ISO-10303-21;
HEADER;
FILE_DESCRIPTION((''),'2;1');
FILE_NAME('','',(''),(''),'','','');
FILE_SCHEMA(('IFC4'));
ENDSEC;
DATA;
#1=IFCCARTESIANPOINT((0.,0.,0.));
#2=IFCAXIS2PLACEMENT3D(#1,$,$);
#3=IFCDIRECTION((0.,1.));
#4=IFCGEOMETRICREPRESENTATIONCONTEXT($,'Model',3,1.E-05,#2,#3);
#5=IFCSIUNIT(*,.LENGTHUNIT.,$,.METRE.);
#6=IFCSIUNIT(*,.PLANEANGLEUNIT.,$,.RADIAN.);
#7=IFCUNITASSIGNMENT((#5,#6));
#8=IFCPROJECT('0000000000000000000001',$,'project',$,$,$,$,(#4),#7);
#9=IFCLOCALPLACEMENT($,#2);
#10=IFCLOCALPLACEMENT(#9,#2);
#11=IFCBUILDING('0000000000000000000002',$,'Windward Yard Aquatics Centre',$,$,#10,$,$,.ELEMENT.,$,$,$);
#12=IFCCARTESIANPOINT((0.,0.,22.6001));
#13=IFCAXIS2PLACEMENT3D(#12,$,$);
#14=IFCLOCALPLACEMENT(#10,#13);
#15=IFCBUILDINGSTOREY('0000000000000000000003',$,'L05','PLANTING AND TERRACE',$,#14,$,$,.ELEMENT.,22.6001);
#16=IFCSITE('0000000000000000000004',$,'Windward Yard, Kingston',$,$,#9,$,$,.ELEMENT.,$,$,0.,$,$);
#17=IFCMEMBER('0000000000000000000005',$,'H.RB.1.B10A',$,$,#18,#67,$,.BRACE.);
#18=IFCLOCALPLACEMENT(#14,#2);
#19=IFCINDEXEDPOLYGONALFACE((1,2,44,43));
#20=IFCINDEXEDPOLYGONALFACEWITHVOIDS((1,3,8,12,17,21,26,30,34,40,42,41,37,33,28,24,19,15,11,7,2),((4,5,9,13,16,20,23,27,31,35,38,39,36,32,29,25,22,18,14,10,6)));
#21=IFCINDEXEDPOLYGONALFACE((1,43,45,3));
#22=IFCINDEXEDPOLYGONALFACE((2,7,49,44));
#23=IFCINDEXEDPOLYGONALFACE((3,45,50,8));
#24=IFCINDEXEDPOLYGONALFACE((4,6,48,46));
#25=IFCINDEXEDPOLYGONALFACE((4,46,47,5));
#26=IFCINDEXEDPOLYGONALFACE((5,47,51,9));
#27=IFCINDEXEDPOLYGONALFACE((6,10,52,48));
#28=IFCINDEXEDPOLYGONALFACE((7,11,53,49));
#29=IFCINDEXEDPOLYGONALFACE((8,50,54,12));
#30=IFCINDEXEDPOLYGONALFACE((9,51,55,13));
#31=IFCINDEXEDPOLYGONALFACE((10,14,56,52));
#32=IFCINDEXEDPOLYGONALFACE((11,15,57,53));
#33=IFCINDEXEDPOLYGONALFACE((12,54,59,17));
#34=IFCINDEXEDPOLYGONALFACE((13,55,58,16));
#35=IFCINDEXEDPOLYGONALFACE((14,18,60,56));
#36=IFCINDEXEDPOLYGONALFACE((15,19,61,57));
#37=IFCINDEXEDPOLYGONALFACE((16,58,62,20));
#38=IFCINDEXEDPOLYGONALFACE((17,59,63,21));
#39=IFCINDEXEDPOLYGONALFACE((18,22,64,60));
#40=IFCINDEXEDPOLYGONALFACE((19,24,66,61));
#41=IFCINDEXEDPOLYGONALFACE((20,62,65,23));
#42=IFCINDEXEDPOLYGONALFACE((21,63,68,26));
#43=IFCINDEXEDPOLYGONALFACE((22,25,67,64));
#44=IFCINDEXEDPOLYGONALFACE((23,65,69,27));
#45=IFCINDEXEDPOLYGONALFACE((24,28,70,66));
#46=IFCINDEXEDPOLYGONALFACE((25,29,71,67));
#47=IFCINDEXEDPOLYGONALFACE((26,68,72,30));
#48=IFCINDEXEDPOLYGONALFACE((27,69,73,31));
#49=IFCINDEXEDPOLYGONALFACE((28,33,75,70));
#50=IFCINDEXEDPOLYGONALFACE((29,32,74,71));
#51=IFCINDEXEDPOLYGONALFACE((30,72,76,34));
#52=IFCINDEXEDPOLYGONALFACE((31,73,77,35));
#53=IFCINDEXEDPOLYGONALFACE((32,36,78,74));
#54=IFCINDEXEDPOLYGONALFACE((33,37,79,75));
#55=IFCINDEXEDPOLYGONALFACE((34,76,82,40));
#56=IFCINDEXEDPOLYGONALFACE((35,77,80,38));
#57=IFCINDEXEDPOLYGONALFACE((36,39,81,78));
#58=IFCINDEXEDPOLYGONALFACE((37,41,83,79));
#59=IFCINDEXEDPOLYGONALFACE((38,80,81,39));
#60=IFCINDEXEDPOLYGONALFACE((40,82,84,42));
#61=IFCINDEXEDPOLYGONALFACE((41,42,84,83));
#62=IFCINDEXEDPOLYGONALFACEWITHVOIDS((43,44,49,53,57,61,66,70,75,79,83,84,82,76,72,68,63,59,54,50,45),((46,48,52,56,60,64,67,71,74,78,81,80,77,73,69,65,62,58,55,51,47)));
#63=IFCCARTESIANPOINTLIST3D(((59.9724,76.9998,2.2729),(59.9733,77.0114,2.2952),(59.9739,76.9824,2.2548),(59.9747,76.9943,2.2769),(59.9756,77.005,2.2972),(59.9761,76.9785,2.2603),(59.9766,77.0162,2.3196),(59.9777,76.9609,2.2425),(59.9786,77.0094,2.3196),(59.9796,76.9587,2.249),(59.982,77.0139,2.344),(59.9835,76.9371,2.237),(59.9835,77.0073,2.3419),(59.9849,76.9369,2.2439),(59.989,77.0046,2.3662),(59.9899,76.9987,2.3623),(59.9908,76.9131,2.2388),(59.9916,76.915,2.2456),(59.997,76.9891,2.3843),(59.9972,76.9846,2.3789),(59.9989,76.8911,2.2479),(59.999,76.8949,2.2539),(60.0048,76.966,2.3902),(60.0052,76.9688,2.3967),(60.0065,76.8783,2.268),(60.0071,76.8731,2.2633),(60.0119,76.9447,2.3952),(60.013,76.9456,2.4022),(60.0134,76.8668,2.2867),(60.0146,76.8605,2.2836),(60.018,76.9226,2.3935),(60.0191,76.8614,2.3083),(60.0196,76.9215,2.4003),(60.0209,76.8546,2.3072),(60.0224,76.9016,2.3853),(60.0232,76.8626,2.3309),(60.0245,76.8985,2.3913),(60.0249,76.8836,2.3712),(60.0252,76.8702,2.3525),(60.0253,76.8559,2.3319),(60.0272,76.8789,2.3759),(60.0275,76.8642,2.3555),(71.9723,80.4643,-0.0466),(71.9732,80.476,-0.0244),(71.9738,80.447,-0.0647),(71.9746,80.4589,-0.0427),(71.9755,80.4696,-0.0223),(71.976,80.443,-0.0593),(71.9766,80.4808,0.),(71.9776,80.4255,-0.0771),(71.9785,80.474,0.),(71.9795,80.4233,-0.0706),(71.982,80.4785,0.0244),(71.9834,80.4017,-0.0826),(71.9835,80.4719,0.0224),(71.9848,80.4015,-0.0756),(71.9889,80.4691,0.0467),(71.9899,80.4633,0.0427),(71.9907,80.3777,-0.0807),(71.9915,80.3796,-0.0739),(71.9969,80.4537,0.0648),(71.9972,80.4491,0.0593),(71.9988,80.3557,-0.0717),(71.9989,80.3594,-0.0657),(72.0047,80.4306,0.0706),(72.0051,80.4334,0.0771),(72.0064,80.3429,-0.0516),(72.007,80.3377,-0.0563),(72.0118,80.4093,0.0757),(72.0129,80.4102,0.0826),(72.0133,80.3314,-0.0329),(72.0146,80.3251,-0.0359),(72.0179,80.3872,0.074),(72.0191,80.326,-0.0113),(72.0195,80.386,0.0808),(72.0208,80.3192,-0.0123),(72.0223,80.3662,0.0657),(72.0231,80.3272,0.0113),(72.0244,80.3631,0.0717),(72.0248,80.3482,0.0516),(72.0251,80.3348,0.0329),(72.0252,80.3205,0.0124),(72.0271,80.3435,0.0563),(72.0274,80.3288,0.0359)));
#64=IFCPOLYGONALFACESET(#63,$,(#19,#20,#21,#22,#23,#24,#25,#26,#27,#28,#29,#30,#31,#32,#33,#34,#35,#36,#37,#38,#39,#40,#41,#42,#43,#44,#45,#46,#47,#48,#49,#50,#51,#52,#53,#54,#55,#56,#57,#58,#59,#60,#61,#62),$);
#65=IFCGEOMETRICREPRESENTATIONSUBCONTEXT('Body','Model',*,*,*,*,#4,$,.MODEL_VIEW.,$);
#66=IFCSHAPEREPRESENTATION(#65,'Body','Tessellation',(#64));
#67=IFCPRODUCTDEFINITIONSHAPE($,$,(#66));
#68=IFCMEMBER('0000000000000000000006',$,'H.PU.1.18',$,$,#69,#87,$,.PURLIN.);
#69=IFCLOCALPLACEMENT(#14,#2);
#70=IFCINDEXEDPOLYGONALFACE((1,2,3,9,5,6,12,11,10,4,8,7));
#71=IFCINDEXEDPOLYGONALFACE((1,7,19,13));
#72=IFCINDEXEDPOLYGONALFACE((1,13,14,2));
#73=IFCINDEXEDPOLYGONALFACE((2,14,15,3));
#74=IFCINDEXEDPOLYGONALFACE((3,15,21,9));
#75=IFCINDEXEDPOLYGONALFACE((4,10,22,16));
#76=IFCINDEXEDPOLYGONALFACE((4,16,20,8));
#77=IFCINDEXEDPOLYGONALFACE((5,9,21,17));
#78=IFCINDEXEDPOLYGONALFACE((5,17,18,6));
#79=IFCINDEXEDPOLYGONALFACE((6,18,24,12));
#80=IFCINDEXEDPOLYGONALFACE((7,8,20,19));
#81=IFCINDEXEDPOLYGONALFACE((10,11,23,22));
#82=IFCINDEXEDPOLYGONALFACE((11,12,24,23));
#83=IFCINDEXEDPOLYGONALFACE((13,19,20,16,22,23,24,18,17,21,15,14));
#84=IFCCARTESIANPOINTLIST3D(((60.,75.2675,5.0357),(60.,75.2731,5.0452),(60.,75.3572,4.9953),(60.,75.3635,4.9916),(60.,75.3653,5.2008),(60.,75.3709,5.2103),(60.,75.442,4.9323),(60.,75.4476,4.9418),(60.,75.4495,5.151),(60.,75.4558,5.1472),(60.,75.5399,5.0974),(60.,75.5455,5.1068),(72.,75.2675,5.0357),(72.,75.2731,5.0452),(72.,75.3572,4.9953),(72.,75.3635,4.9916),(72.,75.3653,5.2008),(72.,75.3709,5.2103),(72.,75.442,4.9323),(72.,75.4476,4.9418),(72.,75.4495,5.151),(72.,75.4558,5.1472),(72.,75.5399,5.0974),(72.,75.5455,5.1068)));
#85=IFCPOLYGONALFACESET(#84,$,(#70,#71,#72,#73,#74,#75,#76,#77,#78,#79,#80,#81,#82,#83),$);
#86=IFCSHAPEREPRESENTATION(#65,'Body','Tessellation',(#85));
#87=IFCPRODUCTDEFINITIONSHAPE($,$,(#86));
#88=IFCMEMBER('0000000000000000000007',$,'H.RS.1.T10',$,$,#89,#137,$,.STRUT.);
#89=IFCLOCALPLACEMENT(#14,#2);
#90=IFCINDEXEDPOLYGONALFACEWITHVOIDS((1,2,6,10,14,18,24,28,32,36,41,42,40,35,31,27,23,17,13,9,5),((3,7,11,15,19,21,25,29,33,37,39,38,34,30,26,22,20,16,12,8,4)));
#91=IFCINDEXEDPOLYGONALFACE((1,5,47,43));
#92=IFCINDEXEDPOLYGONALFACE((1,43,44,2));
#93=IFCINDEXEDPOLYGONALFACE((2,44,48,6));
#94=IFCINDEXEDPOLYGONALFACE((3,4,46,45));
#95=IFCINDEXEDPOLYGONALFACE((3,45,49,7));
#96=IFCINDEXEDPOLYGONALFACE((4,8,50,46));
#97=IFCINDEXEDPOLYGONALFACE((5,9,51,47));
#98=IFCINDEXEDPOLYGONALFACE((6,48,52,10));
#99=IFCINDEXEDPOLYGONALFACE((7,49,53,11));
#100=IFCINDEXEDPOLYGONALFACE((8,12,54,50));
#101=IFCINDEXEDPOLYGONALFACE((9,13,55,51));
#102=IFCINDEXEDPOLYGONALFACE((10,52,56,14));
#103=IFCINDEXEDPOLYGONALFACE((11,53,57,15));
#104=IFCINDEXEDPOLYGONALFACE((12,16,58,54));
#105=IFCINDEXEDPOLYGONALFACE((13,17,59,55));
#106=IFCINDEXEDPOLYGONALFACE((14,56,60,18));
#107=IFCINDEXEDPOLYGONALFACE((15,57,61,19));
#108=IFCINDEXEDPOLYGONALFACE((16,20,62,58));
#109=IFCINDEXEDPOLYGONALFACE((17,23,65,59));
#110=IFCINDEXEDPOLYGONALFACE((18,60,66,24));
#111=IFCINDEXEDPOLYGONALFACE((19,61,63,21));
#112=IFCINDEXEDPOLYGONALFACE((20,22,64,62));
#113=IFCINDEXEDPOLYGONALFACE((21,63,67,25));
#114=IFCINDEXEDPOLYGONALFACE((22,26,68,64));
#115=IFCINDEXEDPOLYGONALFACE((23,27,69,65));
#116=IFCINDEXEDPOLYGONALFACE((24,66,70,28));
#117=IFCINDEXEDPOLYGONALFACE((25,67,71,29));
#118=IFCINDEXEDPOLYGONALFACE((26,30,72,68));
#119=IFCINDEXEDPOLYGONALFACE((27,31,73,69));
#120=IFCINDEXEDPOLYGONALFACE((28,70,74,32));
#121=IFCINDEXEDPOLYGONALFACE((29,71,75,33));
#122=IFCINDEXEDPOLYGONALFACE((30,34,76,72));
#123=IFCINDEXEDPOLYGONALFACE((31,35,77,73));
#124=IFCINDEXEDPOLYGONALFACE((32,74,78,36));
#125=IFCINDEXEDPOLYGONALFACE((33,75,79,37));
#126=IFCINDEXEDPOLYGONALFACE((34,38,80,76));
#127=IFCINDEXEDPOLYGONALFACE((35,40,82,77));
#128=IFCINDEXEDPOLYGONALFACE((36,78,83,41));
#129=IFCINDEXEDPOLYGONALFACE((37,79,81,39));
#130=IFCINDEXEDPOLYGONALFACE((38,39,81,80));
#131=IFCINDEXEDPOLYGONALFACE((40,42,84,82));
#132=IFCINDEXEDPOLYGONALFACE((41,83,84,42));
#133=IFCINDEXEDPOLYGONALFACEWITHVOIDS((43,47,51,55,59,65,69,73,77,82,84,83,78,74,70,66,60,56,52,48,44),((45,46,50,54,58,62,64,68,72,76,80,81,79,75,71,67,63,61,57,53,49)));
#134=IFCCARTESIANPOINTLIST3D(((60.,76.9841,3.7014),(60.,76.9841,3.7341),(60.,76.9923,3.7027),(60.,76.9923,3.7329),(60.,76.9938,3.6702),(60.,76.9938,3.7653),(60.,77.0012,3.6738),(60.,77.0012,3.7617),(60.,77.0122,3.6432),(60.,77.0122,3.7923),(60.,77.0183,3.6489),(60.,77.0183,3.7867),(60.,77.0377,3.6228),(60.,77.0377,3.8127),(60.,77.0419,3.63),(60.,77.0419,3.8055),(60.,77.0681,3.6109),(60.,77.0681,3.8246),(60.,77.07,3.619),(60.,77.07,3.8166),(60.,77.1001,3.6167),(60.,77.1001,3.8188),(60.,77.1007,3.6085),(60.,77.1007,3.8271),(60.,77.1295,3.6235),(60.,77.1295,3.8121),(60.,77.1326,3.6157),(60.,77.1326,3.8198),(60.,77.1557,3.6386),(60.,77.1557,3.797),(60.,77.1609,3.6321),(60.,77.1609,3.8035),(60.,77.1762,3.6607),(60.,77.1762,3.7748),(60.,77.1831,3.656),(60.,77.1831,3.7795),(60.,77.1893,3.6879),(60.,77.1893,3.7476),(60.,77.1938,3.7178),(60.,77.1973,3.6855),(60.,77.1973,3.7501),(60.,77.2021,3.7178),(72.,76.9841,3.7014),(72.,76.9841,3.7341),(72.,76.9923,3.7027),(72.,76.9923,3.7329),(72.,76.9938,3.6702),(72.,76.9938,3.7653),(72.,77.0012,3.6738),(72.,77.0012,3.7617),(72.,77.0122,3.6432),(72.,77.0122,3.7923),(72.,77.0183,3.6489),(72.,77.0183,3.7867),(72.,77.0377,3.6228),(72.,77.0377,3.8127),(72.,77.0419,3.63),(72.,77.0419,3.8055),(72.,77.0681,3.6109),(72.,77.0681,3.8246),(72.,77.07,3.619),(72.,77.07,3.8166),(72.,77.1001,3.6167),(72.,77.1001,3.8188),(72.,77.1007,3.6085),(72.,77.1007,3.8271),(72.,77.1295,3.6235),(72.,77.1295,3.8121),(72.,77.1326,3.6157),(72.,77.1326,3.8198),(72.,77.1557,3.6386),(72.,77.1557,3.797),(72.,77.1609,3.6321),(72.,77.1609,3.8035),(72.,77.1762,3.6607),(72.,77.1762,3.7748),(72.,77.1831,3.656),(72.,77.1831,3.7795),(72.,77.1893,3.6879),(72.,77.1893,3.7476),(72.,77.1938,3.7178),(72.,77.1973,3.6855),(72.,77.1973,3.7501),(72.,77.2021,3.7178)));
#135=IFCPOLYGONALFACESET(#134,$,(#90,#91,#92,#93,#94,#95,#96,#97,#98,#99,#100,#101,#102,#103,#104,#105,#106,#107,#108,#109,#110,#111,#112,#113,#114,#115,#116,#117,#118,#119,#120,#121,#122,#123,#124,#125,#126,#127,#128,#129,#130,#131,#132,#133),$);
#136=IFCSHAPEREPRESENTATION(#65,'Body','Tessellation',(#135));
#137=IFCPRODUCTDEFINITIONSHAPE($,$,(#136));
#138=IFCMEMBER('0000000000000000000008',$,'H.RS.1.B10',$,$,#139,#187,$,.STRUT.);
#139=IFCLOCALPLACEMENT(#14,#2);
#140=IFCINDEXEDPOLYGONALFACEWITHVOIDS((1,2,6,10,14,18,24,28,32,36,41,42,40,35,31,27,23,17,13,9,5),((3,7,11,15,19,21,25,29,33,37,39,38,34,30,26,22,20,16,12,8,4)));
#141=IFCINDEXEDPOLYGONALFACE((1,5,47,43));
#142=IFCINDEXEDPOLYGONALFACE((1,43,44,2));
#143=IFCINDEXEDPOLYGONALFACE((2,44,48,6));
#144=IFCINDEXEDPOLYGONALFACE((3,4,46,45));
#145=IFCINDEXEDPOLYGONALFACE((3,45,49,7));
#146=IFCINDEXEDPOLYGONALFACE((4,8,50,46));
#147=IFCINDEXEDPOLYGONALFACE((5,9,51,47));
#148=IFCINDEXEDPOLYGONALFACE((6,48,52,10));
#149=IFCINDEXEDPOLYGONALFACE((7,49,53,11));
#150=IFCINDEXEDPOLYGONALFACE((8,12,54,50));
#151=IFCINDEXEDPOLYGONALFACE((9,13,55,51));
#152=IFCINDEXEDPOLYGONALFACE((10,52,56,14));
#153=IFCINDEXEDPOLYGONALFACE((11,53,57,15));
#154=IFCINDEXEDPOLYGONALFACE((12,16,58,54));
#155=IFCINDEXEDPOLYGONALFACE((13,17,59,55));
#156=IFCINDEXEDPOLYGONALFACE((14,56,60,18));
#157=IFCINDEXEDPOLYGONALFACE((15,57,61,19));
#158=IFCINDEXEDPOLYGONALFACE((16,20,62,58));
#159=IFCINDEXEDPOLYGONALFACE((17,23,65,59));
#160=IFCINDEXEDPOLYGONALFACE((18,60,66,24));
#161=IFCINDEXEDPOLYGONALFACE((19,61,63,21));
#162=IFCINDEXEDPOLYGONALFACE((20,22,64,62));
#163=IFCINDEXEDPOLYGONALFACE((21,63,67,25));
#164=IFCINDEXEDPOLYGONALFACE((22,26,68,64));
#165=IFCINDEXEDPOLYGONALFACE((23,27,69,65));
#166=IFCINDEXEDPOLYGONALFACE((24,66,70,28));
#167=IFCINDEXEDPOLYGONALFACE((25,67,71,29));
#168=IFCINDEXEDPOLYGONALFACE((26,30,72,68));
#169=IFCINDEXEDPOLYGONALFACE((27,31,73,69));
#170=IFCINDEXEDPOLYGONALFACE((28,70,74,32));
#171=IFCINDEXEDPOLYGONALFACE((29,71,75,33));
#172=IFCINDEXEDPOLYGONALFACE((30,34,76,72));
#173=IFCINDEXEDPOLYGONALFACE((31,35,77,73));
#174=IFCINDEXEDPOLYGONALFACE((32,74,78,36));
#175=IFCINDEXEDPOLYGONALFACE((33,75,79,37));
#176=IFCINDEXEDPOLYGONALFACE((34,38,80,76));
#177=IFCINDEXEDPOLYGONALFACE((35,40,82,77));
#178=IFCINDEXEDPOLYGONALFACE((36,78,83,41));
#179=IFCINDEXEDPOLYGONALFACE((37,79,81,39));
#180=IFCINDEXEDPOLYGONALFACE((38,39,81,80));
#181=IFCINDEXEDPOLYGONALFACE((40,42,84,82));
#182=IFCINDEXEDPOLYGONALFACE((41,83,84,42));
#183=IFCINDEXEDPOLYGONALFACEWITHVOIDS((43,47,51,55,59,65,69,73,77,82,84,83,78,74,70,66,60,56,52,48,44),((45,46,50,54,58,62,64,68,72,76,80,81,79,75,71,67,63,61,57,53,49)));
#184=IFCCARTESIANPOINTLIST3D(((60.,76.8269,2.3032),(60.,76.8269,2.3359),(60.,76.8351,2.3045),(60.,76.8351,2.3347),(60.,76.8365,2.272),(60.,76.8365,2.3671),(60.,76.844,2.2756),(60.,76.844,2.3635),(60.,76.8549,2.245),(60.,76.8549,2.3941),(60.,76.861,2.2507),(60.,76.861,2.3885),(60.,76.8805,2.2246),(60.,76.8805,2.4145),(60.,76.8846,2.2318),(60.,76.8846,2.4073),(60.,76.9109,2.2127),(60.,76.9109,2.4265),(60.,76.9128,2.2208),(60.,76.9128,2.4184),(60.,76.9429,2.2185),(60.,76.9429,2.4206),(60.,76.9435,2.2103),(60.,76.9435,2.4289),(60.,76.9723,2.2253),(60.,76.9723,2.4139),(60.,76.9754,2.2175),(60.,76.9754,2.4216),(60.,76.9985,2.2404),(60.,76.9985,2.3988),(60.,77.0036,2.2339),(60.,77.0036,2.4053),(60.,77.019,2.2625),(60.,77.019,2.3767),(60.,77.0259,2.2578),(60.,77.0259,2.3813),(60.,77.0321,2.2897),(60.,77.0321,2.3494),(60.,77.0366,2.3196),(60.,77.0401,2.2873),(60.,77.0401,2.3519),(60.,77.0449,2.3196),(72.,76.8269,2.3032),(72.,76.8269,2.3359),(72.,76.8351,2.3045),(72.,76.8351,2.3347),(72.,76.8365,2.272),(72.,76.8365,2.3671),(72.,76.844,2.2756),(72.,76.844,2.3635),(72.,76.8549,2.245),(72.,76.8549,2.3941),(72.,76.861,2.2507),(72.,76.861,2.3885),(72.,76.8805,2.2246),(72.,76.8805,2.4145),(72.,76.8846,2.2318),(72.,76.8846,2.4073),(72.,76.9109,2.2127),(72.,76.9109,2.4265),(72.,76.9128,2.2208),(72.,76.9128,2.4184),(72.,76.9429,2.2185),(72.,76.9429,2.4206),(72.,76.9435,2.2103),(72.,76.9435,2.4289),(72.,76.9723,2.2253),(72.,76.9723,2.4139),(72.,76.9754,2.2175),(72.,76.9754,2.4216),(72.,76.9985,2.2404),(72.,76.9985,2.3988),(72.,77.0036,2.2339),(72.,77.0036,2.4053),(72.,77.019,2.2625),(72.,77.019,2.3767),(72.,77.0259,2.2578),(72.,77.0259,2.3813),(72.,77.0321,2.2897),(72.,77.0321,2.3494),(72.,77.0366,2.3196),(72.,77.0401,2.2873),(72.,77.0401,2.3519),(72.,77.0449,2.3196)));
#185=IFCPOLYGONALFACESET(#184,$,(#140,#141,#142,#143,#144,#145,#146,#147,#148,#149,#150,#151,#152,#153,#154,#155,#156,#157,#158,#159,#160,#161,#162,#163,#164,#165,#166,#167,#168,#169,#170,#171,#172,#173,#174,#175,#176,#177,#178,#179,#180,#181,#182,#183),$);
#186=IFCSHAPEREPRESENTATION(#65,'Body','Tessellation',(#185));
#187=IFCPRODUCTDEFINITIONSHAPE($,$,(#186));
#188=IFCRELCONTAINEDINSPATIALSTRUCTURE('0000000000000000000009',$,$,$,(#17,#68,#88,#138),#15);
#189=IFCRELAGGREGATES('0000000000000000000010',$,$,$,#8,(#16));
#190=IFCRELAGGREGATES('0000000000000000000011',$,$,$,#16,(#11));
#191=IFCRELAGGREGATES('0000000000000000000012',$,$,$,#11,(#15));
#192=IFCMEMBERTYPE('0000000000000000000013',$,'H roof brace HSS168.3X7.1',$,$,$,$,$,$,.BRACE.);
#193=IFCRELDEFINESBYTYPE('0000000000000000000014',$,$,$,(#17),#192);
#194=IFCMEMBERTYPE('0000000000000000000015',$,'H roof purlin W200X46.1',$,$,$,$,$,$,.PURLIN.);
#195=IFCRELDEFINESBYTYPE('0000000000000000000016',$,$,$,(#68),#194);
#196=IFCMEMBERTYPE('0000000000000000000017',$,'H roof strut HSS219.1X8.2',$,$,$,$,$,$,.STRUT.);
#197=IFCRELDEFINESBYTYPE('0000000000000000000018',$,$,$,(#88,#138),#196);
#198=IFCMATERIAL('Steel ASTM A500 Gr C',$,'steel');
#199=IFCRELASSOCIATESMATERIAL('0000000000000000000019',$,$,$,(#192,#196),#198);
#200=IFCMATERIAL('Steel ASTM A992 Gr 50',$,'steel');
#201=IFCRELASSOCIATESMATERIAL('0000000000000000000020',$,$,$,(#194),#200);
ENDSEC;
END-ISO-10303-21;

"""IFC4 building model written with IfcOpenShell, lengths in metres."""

from ifc_helpers import new_model, si_unit, direction, frame, origin, origin_2d, place, context, subcontext, project, spatial, hollow_circle, i_section, extrude, material, material_profile, profile_set, type_object, element, save


model = new_model("IFC4")

# Units and contexts
model_context = context("Model", 3, precision=1e-05, world=origin(), true_north=direction((0.0, 1.0)))
body_context = subcontext(model_context, "Body", "Model", "MODEL_VIEW")
ifc_project = project(units=[si_unit("LENGTHUNIT", "METRE"), si_unit("PLANEANGLEUNIT", "RADIAN")], contexts=[model_context])

# Site, building, storey
site_placement = place(None, origin())
site = spatial("IfcSite", under=ifc_project, at=site_placement, Name="Windward Yard, Kingston", CompositionType="ELEMENT", RefElevation=0.0)
building_placement = place(site_placement, origin())
building = spatial("IfcBuilding", under=site, at=building_placement, Name="Windward Yard Aquatics Centre", CompositionType="ELEMENT")
storey_placement = place(building_placement, frame((0.0, 0.0, 22.6001)))
storey = spatial("IfcBuildingStorey", under=building, at=storey_placement, Name="L05", Description="PLANTING AND TERRACE", CompositionType="ELEMENT", Elevation=22.6001)

# Members
ifc_material_1 = material(Name="Steel ASTM A500 Gr C", Category="steel")
ifc_material_profile_1 = material_profile(ifc_material_1, hollow_circle(Radius=0.0842, WallThickness=0.0071, at=origin_2d()), Name="HSS168.3X7.1")
ifc_profile_set_1 = profile_set([ifc_material_profile_1], Name="Steel ASTM A500 Gr C")
member_type_1 = type_object("IfcMemberType", Name="H roof brace HSS168.3X7.1", PredefinedType="BRACE", material=ifc_profile_set_1)
member_1_placement = place(storey_placement, frame((60.0, 76.9353, 2.3196), z_axis=(0.944607, 0.272724, -0.182591), x_axis=(-0.277387, 0.960758, 0.0)))
element("IfcMember", 1, at=member_1_placement, inside=storey, type_object=member_type_1, Name="H.RB.1.B10A", PredefinedType="BRACE", context=body_context, shape_type="SweptSolid", body=[
    extrude(hollow_circle(Radius=0.0842, WallThickness=0.0071, at=origin_2d()), origin(), (0.0, 0.0, 1.0), 12.7036),
])
ifc_material_2 = material(Name="Steel ASTM A992 Gr 50", Category="steel")
ifc_material_profile_2 = material_profile(ifc_material_2, i_section(OverallWidth=0.2029, OverallDepth=0.2029, WebThickness=0.0073, FlangeThickness=0.011, at=origin_2d()), Name="W200X46.1")
ifc_profile_set_2 = profile_set([ifc_material_profile_2], Name="Steel ASTM A992 Gr 50")
member_type_2 = type_object("IfcMemberType", Name="H roof purlin W200X46.1", PredefinedType="PURLIN", material=ifc_profile_set_2)
member_2_placement = place(storey_placement, frame((60.0, 75.4065, 5.0713), z_axis=(1.0, 0.0, 0.0), x_axis=(0.0, 0.86027, -0.509838)))
element("IfcMember", 2, at=member_2_placement, inside=storey, type_object=member_type_2, Name="H.PU.1.18", PredefinedType="PURLIN", context=body_context, shape_type="SweptSolid", body=[
    extrude(i_section(OverallWidth=0.2029, OverallDepth=0.2029, WebThickness=0.0073, FlangeThickness=0.011, at=origin_2d()), origin(), (0.0, 0.0, 1.0), 12.0),
])
ifc_material_profile_3 = material_profile(ifc_material_1, hollow_circle(Radius=0.1096, WallThickness=0.0083, at=origin_2d()), Name="HSS219.1X8.2")
ifc_profile_set_3 = profile_set([ifc_material_profile_3], Name="Steel ASTM A500 Gr C")
member_type_3 = type_object("IfcMemberType", Name="H roof strut HSS219.1X8.2", PredefinedType="STRUT", material=ifc_profile_set_3)
for number, where, z_axis, x_axis, name in (
    (3, (60.0, 77.0925, 3.7178), (1.0, 0.0, 0.0), (0.0, 1.0, 0.0), "H.RS.1.T10"),
    (4, (60.0, 76.9353, 2.3196), (1.0, 0.0, 0.0), (0.0, 1.0, 0.0), "H.RS.1.B10"),
):
    element("IfcMember", number, at=place(storey_placement, frame(where, z_axis=z_axis, x_axis=x_axis)), inside=storey, type_object=member_type_3, Name=name, PredefinedType="STRUT", context=body_context, shape_type="SweptSolid", body=[
        extrude(hollow_circle(Radius=0.1096, WallThickness=0.0083, at=origin_2d()), origin(), (0.0, 0.0, 1.0), 12.0),
    ])

save(model, "model.ifc")
